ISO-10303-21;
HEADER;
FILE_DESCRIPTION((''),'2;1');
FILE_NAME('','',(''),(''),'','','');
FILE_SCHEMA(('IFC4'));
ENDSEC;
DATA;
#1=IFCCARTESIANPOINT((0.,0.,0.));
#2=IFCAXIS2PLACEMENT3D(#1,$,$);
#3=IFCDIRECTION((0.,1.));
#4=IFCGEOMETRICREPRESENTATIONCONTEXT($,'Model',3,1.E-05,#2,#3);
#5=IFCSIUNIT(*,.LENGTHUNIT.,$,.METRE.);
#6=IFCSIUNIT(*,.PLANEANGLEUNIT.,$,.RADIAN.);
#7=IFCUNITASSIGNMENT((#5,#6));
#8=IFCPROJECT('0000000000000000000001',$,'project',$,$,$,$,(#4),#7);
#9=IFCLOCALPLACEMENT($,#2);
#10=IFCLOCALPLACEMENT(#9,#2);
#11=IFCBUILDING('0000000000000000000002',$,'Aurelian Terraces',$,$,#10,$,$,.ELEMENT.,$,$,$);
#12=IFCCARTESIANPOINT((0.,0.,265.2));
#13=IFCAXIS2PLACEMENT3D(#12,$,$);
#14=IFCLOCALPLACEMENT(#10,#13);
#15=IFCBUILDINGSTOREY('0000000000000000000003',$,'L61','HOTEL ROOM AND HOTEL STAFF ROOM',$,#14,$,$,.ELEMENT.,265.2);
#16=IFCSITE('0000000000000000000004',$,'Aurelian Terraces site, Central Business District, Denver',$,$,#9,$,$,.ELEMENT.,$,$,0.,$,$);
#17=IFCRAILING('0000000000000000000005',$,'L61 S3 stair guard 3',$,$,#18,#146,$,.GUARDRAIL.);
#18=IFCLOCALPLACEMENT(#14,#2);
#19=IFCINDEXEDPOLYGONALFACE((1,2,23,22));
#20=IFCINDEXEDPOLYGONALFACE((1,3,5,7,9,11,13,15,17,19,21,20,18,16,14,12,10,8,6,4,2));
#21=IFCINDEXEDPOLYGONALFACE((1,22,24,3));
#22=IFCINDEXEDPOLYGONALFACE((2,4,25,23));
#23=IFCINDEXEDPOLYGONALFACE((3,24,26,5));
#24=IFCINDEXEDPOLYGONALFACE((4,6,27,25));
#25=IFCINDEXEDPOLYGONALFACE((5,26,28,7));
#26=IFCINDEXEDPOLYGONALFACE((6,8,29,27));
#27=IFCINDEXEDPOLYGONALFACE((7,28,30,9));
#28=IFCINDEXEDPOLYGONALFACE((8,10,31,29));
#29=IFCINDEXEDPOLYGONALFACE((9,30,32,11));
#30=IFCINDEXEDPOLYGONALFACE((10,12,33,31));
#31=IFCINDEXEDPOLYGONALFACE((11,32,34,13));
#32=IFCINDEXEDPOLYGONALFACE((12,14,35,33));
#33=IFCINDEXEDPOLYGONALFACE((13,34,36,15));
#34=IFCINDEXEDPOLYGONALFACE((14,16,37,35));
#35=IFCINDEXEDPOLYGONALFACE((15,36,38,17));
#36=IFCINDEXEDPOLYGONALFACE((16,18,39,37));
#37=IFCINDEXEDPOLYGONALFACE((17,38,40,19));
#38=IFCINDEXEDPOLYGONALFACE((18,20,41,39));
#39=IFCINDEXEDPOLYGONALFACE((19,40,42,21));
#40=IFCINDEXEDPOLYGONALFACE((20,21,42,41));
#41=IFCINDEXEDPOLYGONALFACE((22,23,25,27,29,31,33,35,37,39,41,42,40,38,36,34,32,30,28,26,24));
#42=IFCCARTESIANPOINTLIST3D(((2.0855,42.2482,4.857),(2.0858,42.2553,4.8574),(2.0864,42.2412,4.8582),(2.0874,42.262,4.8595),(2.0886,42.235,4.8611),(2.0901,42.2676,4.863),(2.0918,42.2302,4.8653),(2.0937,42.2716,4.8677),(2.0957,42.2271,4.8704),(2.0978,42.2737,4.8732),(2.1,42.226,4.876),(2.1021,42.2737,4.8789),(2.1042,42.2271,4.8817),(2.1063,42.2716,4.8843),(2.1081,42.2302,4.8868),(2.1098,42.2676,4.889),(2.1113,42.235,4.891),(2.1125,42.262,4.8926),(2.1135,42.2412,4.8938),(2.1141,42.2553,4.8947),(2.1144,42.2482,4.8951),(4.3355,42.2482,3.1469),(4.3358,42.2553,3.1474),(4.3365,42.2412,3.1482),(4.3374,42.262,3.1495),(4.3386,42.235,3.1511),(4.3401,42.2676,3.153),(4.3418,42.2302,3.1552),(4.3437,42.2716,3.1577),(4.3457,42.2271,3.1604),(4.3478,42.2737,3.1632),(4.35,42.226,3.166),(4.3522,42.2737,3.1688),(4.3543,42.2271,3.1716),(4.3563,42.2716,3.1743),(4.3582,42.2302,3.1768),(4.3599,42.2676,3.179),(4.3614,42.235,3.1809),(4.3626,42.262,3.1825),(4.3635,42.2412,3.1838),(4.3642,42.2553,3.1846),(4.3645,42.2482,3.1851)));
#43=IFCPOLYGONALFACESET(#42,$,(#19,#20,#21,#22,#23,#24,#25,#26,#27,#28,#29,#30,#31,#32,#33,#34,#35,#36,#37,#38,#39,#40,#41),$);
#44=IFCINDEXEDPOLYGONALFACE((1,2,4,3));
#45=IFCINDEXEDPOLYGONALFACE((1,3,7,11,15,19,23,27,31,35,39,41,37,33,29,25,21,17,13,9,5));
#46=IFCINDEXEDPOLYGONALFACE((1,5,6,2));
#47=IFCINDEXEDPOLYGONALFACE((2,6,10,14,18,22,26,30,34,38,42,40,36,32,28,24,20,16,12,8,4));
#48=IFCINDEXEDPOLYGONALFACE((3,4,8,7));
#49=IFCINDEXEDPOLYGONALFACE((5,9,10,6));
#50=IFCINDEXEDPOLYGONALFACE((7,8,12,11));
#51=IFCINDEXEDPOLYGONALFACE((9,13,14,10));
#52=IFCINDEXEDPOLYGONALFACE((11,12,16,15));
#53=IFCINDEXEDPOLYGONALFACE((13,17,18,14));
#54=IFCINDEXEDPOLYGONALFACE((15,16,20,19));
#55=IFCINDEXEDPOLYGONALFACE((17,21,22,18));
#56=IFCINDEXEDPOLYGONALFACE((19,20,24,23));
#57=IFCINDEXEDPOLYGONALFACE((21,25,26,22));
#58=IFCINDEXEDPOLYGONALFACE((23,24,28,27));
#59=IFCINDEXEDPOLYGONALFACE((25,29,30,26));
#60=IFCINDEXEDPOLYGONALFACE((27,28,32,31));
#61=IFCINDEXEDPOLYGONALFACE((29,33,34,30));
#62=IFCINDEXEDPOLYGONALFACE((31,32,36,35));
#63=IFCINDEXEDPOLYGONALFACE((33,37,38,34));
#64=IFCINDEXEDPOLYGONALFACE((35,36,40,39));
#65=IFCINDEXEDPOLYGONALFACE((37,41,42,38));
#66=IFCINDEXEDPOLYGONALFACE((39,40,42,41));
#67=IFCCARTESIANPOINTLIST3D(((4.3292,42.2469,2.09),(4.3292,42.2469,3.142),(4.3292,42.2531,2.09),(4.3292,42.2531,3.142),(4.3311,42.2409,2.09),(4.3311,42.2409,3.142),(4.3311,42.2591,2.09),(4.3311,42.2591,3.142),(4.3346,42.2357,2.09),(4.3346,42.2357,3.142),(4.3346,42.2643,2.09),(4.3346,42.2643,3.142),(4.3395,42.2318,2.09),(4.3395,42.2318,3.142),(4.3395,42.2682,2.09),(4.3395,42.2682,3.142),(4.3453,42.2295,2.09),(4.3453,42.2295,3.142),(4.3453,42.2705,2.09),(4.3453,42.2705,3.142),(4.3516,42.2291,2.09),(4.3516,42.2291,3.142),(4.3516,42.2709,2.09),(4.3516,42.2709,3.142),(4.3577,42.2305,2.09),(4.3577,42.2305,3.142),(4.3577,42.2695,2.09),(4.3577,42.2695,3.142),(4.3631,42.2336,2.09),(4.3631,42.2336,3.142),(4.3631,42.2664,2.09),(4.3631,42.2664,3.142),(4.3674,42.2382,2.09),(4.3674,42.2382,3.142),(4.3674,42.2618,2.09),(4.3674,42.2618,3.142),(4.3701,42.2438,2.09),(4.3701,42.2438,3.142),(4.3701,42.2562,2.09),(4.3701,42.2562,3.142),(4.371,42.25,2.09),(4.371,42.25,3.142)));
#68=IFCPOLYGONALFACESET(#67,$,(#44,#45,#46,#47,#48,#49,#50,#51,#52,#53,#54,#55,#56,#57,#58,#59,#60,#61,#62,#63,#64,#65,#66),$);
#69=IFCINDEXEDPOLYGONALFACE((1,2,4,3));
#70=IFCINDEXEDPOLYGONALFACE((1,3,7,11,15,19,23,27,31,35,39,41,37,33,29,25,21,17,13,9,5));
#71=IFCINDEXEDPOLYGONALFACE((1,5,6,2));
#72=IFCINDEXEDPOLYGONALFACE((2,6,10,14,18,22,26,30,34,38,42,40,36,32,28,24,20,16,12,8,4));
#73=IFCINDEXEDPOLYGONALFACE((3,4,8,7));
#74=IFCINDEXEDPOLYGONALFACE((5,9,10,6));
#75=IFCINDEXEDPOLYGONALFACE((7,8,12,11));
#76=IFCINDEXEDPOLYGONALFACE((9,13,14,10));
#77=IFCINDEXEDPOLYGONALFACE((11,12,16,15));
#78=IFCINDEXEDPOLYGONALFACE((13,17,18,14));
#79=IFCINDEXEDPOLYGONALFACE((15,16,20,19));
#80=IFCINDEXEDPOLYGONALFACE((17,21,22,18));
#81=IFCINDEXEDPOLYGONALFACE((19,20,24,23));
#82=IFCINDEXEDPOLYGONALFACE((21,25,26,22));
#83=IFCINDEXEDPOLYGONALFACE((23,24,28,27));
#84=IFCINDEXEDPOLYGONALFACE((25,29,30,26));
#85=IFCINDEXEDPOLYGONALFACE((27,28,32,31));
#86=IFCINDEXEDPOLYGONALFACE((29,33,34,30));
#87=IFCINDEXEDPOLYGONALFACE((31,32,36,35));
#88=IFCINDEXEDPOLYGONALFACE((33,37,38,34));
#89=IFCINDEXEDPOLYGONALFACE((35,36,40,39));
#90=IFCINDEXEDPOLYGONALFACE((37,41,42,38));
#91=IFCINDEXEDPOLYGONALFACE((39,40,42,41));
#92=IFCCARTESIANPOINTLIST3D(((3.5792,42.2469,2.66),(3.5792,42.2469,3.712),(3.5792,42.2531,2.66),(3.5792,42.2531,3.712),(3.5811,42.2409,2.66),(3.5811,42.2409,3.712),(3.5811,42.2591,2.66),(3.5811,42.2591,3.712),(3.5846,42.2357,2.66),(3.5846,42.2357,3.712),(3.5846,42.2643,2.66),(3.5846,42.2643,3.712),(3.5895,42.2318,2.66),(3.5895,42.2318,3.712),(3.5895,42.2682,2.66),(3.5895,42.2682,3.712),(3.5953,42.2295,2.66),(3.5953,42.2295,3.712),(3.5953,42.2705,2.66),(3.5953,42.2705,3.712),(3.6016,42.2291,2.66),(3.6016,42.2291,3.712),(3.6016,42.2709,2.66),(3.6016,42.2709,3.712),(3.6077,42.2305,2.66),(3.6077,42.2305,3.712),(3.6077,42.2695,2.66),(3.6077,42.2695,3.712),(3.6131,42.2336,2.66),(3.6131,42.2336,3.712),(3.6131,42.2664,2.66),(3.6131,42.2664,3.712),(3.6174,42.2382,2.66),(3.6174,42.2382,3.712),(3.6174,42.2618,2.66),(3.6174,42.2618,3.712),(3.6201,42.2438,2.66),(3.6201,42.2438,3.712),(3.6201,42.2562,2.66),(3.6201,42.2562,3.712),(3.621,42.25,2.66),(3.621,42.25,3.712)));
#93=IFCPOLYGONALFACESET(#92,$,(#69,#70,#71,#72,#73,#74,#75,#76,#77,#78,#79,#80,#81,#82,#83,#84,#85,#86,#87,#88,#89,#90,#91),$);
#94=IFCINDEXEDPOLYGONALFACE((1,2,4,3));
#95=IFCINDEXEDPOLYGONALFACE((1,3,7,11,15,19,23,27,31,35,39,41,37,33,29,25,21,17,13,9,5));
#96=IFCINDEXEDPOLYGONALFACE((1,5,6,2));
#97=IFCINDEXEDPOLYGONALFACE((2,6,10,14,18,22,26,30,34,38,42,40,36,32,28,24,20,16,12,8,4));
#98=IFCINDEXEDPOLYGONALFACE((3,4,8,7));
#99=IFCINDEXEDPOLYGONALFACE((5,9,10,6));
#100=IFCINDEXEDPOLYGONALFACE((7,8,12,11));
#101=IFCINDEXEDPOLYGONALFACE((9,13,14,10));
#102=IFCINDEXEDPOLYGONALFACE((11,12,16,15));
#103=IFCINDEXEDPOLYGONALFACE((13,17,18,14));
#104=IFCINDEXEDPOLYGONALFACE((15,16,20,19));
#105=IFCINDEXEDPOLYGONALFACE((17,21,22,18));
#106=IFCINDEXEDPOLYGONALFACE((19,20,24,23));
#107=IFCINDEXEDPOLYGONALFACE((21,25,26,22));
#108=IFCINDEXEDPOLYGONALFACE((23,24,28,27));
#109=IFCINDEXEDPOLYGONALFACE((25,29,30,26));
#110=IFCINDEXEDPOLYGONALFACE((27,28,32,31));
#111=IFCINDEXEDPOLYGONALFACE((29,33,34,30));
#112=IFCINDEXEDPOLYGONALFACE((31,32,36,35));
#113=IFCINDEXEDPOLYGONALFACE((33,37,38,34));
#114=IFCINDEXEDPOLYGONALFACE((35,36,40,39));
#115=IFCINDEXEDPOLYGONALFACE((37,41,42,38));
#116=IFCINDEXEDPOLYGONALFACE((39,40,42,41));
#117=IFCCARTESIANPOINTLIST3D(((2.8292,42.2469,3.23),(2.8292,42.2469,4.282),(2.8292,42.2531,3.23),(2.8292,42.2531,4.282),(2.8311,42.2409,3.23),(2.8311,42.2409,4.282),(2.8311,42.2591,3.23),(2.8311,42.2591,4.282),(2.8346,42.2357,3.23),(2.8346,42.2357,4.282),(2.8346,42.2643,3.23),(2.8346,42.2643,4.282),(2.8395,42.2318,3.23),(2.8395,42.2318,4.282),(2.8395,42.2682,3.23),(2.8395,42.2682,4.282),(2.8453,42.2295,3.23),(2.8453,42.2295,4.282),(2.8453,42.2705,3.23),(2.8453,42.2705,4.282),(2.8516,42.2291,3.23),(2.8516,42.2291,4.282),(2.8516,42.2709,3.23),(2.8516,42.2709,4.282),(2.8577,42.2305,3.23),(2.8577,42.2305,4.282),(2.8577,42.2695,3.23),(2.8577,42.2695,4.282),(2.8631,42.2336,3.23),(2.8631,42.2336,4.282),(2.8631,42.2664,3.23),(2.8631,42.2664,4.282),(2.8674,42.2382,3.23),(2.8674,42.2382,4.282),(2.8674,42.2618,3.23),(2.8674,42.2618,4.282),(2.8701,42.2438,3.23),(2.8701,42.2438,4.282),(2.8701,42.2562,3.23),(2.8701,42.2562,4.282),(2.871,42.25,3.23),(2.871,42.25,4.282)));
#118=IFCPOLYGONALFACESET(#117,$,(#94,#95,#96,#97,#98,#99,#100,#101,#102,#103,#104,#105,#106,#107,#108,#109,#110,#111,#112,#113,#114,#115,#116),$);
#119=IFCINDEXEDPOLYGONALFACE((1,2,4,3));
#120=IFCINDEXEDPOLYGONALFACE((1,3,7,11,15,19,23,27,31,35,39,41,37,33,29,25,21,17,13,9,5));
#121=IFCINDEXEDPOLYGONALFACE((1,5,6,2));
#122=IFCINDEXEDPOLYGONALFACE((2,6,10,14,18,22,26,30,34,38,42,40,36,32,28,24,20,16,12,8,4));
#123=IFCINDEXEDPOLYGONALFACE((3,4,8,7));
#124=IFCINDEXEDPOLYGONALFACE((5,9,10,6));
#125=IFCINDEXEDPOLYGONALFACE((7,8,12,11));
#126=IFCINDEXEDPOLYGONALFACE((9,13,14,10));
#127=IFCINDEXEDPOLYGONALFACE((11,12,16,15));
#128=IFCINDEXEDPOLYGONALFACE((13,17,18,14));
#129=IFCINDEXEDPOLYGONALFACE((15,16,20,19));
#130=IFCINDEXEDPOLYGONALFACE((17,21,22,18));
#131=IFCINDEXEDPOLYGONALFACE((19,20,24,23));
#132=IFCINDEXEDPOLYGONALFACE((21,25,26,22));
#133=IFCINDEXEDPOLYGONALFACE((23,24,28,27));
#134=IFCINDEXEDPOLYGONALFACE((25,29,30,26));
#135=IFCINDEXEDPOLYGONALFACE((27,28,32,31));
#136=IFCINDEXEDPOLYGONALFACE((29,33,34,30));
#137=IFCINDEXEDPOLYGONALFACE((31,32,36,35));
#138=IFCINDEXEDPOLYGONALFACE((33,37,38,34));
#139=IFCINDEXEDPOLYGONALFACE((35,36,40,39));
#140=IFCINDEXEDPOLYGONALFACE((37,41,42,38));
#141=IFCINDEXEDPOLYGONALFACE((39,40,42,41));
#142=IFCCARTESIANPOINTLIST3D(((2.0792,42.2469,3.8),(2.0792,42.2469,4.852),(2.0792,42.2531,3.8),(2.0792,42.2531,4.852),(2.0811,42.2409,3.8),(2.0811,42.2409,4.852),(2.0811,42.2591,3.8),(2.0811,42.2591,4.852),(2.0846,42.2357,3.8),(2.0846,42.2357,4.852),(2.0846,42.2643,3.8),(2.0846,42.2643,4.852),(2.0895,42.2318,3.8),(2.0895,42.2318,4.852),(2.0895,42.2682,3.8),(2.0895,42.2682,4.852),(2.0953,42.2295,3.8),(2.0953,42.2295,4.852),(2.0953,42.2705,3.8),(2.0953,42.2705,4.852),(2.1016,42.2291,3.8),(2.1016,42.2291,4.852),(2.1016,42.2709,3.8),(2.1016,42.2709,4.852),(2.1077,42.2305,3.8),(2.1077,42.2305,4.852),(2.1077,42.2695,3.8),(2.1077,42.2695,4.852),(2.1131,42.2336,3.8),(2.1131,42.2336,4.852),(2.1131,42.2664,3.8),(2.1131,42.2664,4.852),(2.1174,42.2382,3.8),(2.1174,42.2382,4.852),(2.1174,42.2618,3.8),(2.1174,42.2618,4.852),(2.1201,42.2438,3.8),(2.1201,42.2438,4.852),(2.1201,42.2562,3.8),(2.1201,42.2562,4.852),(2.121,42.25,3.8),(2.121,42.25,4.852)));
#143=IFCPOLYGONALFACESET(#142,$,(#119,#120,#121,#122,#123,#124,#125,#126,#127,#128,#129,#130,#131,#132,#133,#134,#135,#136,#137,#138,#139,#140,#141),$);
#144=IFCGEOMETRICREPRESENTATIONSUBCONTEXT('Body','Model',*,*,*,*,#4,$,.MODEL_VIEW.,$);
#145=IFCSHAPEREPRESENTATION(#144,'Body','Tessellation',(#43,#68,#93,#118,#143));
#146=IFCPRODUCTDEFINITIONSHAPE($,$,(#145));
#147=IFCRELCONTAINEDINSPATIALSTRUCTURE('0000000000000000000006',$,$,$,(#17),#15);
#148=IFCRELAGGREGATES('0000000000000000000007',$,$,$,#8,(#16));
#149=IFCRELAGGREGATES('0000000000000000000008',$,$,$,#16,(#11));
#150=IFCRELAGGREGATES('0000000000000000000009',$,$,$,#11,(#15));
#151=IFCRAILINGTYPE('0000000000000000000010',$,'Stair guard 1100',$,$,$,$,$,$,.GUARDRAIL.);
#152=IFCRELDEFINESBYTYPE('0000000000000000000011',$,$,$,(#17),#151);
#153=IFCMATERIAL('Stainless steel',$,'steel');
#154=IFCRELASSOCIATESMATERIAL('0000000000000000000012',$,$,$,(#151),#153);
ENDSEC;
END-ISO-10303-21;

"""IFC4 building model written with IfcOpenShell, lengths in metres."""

from ifc_helpers import new_model, si_unit, direction, frame, origin, origin_2d, place, context, subcontext, project, spatial, circle, extrude, source, transform, mapped, material, type_object, element, save


model = new_model("IFC4")

# Units and contexts
model_context = context("Model", 3, precision=1e-05, world=origin(), true_north=direction((0.0, 1.0)))
body_context = subcontext(model_context, "Body", "Model", "MODEL_VIEW")
ifc_project = project(units=[si_unit("LENGTHUNIT", "METRE"), si_unit("PLANEANGLEUNIT", "RADIAN")], contexts=[model_context])

# Site, building, storey
site_placement = place(None, origin())
site = spatial("IfcSite", under=ifc_project, at=site_placement, Name="Aurelian Terraces site, Central Business District, Denver", CompositionType="ELEMENT", RefElevation=0.0)
building_placement = place(site_placement, origin())
building = spatial("IfcBuilding", under=site, at=building_placement, Name="Aurelian Terraces", CompositionType="ELEMENT")
storey_placement = place(building_placement, frame((0.0, 0.0, 265.2)))
storey = spatial("IfcBuildingStorey", under=building, at=storey_placement, Name="L61", Description="HOTEL ROOM AND HOTEL STAFF ROOM", CompositionType="ELEMENT", Elevation=265.2)

# Railing
ifc_material_1 = material(Name="Stainless steel", Category="steel")
railing_type_1 = type_object("IfcRailingType", Name="Stair guard 1100", PredefinedType="GUARDRAIL", material=ifc_material_1)
shared_shape_1 = source(origin(), body_context, "Body", "SweptSolid", [
    extrude(circle(Radius=0.024, at=origin_2d()), frame((0.0, 0.0, 1.076), z_axis=(-0.796162, 0.0, 0.605083), x_axis=(0.0, -1.0, 0.0)), (0.0, 0.0, 1.0), 2.8261),
    extrude(circle(Radius=0.021, at=origin_2d()), origin(), (0.0, 0.0, 1.0), 1.052),
    extrude(circle(Radius=0.021, at=origin_2d()), frame((-0.75, 0.0, 0.57)), (0.0, 0.0, 1.0), 1.052),
    extrude(circle(Radius=0.021, at=origin_2d()), frame((-1.5, 0.0, 1.14)), (0.0, 0.0, 1.0), 1.052),
    extrude(circle(Radius=0.021, at=origin_2d()), frame((-2.25, 0.0, 1.71)), (0.0, 0.0, 1.0), 1.052),
])
railing_1_placement = place(storey_placement, frame((4.35, 42.25, 2.09)))
element("IfcRailing", 1, at=railing_1_placement, inside=storey, type_object=railing_type_1, Name="L61 S3 stair guard 3", PredefinedType="GUARDRAIL", context=body_context, shape_type="MappedRepresentation", body=[
    mapped(shared_shape_1, transform((0.0, 0.0, 0.0), scale=1.0)),
])

save(model, "model.ifc")
